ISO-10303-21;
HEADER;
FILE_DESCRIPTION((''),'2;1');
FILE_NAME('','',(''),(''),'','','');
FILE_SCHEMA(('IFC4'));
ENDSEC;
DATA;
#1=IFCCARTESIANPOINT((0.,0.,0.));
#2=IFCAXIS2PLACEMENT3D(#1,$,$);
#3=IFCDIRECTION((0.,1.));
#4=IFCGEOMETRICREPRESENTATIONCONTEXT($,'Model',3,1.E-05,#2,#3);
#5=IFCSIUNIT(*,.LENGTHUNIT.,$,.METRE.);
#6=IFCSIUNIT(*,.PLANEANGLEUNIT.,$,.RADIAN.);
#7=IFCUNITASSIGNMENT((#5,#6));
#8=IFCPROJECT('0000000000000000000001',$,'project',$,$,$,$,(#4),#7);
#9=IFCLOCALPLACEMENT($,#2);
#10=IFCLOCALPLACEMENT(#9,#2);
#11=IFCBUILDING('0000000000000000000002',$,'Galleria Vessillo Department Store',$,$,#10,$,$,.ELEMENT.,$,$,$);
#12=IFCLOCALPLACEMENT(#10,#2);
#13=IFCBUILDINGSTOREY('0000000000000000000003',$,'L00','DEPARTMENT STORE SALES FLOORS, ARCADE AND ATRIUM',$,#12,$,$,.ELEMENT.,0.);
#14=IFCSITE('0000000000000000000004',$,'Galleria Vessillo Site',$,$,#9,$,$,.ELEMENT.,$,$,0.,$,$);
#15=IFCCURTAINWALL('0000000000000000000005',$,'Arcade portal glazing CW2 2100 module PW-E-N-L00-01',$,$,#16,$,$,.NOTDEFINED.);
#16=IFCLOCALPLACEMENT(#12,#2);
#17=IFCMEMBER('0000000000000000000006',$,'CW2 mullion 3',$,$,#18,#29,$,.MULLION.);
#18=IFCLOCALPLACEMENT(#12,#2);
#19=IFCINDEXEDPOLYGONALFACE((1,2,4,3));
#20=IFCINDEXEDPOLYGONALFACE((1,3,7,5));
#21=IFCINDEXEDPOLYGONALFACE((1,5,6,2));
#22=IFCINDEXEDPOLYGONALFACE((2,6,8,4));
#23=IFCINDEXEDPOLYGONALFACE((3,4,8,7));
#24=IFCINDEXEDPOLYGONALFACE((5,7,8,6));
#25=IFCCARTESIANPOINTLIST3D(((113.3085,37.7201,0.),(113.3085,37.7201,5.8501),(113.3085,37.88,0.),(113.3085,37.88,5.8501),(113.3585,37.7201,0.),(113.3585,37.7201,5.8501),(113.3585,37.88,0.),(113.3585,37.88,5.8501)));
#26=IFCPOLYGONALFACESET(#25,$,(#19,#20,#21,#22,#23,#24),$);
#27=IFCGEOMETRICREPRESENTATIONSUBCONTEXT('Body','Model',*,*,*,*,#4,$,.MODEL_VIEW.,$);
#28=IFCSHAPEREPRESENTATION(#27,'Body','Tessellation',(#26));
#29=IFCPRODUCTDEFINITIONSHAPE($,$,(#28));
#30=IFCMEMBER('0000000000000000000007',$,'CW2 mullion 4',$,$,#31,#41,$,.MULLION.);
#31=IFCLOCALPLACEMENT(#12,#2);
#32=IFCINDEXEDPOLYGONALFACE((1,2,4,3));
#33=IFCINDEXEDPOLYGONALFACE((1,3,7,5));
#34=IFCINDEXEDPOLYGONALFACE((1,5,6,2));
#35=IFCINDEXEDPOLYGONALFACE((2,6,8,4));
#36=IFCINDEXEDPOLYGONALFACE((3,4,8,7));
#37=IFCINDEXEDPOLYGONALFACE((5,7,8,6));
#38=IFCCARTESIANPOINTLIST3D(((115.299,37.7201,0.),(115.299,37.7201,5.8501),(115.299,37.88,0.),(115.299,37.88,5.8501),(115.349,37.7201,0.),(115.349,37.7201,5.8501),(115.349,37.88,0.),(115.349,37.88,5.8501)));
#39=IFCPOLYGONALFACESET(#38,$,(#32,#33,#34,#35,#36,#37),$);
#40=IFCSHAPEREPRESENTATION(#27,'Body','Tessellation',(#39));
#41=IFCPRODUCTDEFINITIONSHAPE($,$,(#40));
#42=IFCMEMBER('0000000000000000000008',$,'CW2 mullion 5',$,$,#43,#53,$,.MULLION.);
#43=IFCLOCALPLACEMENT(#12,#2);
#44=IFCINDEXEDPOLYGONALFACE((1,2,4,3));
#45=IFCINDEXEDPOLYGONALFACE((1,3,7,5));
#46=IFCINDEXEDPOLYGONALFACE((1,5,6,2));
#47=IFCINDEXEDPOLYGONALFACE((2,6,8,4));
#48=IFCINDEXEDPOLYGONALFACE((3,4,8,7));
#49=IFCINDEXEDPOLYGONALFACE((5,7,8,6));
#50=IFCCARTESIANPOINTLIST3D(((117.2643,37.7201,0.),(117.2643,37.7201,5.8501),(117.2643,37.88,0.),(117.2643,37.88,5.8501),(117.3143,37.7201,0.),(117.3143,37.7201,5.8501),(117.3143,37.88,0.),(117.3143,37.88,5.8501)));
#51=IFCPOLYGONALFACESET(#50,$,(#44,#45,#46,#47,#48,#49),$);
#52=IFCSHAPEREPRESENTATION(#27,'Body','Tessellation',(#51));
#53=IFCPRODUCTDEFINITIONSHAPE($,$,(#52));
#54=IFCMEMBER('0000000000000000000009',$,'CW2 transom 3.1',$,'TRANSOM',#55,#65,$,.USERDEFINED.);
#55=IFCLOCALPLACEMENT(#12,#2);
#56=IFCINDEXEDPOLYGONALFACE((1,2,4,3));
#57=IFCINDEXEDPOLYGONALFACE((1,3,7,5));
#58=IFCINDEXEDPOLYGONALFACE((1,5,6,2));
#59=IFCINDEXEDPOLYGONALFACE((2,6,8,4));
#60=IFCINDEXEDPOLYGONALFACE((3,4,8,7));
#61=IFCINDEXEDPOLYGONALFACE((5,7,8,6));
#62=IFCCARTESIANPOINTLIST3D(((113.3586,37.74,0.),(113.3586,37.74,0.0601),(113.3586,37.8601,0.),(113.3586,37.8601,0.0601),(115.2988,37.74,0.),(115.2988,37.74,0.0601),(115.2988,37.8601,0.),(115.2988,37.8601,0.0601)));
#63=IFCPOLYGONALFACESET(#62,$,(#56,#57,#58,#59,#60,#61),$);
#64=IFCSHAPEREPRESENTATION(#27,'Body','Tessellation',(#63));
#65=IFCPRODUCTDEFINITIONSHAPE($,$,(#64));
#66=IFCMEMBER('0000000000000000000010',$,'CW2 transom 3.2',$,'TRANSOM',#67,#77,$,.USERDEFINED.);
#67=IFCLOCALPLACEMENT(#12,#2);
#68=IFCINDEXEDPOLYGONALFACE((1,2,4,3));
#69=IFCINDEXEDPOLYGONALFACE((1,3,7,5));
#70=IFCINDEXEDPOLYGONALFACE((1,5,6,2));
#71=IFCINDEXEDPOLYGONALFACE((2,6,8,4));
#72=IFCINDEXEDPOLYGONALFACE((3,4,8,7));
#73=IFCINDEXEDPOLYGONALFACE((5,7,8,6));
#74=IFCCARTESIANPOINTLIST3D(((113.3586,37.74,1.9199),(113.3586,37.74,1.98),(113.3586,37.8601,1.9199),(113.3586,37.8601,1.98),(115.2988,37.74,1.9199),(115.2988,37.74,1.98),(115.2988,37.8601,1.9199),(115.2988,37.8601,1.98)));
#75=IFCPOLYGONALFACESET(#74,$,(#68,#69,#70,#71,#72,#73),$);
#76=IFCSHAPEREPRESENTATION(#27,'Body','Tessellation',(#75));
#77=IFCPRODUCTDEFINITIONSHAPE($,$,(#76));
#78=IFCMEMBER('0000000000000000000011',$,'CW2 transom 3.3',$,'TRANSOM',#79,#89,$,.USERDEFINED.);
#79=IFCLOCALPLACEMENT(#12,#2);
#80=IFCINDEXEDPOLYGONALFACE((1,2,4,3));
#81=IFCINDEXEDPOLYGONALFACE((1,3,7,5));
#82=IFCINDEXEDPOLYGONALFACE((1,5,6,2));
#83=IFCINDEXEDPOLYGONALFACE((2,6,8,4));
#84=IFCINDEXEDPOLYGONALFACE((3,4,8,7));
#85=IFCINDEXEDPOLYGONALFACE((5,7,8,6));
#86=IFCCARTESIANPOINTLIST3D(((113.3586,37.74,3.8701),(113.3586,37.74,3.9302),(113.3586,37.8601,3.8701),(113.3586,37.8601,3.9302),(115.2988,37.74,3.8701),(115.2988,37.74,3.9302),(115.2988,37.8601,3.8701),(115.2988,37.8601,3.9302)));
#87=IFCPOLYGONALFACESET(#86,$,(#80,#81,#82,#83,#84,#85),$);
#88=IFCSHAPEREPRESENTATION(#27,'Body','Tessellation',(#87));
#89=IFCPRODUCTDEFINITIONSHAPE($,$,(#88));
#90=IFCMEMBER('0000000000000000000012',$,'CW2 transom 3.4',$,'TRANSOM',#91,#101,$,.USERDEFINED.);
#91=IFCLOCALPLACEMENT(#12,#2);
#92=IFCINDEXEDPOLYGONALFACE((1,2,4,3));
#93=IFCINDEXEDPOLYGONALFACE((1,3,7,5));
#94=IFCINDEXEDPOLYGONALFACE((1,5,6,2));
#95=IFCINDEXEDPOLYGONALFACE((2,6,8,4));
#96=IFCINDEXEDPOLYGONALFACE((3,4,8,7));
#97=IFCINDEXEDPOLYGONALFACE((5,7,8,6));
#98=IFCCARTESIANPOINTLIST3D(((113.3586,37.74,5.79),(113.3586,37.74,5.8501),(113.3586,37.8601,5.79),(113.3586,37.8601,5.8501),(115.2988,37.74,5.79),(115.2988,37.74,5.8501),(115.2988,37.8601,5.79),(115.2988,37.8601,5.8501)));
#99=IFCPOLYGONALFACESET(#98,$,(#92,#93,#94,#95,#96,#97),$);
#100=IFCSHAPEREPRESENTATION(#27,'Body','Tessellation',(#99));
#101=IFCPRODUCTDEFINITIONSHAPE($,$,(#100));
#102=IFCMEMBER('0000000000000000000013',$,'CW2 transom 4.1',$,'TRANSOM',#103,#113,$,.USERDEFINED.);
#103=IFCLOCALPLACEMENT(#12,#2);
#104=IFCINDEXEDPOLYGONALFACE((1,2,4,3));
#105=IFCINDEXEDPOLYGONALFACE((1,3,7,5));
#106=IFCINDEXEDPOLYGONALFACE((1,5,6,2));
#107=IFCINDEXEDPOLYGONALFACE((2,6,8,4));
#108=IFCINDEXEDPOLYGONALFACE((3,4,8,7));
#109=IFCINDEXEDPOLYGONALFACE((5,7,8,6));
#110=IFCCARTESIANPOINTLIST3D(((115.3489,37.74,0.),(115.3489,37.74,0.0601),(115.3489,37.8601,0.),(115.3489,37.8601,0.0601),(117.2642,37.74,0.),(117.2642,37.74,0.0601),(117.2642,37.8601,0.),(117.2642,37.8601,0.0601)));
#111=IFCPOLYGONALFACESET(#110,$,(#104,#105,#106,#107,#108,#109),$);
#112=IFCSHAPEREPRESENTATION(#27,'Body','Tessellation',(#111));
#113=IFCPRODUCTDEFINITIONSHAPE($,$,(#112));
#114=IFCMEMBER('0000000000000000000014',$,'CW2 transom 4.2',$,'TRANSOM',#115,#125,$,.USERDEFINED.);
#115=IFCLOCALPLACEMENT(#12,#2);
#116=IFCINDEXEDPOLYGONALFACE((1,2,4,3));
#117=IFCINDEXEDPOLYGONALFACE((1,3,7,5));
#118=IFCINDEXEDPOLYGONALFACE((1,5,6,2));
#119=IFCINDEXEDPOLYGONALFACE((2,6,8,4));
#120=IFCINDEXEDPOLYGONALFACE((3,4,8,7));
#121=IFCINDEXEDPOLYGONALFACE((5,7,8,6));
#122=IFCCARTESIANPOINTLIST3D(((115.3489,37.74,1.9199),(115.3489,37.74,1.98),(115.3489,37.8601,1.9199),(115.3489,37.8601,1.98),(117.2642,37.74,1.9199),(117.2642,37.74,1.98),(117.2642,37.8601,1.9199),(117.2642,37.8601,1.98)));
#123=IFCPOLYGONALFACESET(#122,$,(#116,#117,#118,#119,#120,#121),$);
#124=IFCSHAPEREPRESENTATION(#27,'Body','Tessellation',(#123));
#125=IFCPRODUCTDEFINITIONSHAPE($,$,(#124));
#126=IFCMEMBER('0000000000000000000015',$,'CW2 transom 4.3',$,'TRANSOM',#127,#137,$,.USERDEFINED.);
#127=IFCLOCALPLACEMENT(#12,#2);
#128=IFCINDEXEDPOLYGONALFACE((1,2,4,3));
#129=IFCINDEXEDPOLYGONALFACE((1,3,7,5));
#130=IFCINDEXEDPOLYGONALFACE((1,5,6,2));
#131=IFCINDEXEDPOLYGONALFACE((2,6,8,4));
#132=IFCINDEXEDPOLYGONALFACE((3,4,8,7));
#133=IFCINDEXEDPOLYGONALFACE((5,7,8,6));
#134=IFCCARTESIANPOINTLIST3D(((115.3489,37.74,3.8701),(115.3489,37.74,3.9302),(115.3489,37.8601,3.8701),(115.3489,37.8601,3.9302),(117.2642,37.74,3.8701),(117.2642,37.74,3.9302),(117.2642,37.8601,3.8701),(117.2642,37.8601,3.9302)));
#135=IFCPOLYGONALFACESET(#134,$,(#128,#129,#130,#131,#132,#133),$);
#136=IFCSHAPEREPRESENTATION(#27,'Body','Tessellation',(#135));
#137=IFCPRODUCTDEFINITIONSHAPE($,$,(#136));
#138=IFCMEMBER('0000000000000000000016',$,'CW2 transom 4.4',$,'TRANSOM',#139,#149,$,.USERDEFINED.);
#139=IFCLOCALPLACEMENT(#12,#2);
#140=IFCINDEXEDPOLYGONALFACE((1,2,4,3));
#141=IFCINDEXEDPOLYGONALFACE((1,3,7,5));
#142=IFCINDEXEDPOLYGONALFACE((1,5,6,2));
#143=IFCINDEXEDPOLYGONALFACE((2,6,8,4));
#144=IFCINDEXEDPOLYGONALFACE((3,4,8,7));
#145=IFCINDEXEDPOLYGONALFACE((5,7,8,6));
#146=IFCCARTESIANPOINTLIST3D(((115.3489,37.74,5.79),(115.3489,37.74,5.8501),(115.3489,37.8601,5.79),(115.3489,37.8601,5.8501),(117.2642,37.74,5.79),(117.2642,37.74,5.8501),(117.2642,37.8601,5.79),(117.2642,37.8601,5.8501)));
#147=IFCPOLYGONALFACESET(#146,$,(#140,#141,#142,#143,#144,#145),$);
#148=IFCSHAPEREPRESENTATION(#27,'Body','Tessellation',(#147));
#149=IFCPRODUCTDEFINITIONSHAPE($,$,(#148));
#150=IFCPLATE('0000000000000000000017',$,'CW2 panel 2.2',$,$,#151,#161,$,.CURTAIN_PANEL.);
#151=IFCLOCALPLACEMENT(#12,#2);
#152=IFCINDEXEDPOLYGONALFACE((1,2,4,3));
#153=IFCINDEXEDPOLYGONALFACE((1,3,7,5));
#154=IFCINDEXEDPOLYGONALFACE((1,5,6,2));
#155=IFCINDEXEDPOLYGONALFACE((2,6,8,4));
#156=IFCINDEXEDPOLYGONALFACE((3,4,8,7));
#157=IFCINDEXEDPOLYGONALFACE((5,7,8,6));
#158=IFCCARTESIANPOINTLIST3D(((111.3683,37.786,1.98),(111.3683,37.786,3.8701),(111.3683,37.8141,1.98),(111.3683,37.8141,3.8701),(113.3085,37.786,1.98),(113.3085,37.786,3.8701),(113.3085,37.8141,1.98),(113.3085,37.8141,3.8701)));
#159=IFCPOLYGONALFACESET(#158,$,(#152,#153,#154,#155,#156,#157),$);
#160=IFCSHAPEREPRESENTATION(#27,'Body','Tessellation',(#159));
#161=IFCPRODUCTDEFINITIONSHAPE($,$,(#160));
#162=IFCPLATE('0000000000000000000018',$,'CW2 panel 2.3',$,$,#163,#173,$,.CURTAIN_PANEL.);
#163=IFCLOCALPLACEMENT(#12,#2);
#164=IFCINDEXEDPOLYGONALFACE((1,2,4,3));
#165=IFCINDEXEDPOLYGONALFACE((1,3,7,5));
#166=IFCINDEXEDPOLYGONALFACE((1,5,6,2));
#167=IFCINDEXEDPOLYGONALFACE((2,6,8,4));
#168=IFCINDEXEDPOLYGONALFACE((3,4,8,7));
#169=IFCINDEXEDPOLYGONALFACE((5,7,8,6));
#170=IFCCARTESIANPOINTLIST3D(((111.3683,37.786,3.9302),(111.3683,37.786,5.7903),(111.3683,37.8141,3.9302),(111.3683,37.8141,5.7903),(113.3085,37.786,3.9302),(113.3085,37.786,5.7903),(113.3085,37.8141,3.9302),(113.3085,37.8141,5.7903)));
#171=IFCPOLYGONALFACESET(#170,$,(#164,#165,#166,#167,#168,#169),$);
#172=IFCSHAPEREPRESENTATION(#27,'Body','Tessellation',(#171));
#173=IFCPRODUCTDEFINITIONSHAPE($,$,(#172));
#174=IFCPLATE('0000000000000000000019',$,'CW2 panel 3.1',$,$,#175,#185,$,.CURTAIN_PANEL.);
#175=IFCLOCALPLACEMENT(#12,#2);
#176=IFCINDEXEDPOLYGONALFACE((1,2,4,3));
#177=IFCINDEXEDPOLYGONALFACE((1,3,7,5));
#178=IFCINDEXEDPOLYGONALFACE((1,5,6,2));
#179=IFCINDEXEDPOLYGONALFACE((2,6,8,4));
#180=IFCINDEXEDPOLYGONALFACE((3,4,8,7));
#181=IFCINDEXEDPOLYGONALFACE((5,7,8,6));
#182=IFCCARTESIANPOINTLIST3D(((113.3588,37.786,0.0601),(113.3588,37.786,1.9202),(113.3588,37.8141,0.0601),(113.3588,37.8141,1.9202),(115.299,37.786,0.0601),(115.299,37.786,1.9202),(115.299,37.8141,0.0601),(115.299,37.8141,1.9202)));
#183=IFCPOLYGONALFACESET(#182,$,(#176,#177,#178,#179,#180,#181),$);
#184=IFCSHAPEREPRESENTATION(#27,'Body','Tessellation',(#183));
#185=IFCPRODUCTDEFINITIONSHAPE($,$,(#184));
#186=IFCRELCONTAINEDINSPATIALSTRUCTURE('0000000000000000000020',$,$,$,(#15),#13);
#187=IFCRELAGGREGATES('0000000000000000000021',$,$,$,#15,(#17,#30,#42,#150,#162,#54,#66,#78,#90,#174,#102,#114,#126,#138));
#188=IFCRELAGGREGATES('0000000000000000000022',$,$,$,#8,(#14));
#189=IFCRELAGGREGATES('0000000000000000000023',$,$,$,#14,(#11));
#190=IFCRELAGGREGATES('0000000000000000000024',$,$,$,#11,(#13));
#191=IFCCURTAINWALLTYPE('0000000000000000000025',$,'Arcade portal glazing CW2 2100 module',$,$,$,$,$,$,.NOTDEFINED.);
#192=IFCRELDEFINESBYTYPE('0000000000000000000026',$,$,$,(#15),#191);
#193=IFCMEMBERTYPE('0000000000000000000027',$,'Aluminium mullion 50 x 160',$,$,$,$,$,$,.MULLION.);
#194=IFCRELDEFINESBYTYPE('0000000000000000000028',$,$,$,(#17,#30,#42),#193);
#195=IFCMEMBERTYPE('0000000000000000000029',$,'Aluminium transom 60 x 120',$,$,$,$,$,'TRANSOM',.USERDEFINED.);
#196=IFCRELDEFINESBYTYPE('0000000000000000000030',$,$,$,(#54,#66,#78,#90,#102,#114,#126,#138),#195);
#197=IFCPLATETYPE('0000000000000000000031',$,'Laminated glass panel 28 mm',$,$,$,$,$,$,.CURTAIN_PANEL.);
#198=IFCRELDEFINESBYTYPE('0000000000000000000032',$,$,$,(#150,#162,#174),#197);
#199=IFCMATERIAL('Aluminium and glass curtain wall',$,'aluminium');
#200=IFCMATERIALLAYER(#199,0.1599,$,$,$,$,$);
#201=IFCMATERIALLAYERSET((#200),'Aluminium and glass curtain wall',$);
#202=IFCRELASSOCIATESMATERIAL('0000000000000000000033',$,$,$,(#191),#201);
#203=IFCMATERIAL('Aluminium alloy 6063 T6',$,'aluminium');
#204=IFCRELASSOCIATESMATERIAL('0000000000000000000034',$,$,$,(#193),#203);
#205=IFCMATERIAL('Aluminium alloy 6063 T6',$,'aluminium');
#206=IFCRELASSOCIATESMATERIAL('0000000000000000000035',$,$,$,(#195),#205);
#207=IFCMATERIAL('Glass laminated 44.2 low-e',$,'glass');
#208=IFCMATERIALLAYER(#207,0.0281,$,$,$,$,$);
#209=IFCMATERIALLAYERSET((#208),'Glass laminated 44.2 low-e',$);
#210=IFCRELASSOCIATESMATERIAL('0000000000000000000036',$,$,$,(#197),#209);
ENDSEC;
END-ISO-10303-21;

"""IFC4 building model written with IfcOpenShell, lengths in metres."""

from ifc_helpers import new_model, si_unit, direction, frame, origin, origin_2d, place, context, subcontext, project, spatial, rectangle, extrude, material, layer, layer_set, material_profile, profile_set, type_object, element, aggregate, save


model = new_model("IFC4")

# Units and contexts
model_context = context("Model", 3, precision=1e-05, world=origin(), true_north=direction((0.0, 1.0)))
body_context = subcontext(model_context, "Body", "Model", "MODEL_VIEW")
ifc_project = project(units=[si_unit("LENGTHUNIT", "METRE"), si_unit("PLANEANGLEUNIT", "RADIAN")], contexts=[model_context])

# Site, building, storey
site_placement = place(None, origin())
site = spatial("IfcSite", under=ifc_project, at=site_placement, Name="Galleria Vessillo Site", CompositionType="ELEMENT", RefElevation=0.0)
building_placement = place(site_placement, origin())
building = spatial("IfcBuilding", under=site, at=building_placement, Name="Galleria Vessillo Department Store", CompositionType="ELEMENT")
storey_placement = place(building_placement, origin())
storey = spatial("IfcBuildingStorey", under=building, at=storey_placement, Name="L00", Description="DEPARTMENT STORE SALES FLOORS, ARCADE AND ATRIUM", CompositionType="ELEMENT", Elevation=0.0)

# Curtain wall, members, plates
ifc_material_1 = material(Name="Aluminium and glass curtain wall", Category="aluminium")
ifc_layer_1 = layer(ifc_material_1, 0.1599)
ifc_layer_set_1 = layer_set([ifc_layer_1], Name="Aluminium and glass curtain wall")
curtain_wall_type = type_object("IfcCurtainWallType", Name="Arcade portal glazing CW2 2100 module", PredefinedType="NOTDEFINED", material=ifc_layer_set_1)
curtain_wall_placement = place(storey_placement, origin())
curtain_wall = element("IfcCurtainWall", 1, at=curtain_wall_placement, inside=storey, type_object=curtain_wall_type, Name="Arcade portal glazing CW2 2100 module PW-E-N-L00-01", PredefinedType="NOTDEFINED")
ifc_material_2 = material(Name="Aluminium alloy 6063 T6", Category="aluminium")
ifc_material_profile_1 = material_profile(ifc_material_2, rectangle(XDim=0.1599, YDim=0.05, at=origin_2d()), Name="AL 50x160")
ifc_profile_set_1 = profile_set([ifc_material_profile_1], Name="Aluminium alloy 6063 T6")
member_type_1 = type_object("IfcMemberType", Name="Aluminium mullion 50 x 160", PredefinedType="MULLION", material=ifc_profile_set_1)
member_1_placement = place(storey_placement, frame((113.3335, 37.8, 0.0), z_axis=(0.0, 0.0, 1.0), x_axis=(0.0, 1.0, 0.0)))
member_1 = element("IfcMember", 2, at=member_1_placement, type_object=member_type_1, Name="CW2 mullion 3", PredefinedType="MULLION", context=body_context, shape_type="SweptSolid", body=[
    extrude(rectangle(XDim=0.1599, YDim=0.05, at=origin_2d()), origin(), (0.0, 0.0, 1.0), 5.8501),
])
member_2_placement = place(storey_placement, frame((115.324, 37.8, 0.0), z_axis=(0.0, 0.0, 1.0), x_axis=(0.0, 1.0, 0.0)))
member_2 = element("IfcMember", 3, at=member_2_placement, type_object=member_type_1, Name="CW2 mullion 4", PredefinedType="MULLION", context=body_context, shape_type="SweptSolid", body=[
    extrude(rectangle(XDim=0.1599, YDim=0.05, at=origin_2d()), origin(), (0.0, 0.0, 1.0), 5.8501),
])
member_3_placement = place(storey_placement, frame((117.2893, 37.8, 0.0), z_axis=(0.0, 0.0, 1.0), x_axis=(0.0, 1.0, 0.0)))
member_3 = element("IfcMember", 4, at=member_3_placement, type_object=member_type_1, Name="CW2 mullion 5", PredefinedType="MULLION", context=body_context, shape_type="SweptSolid", body=[
    extrude(rectangle(XDim=0.1599, YDim=0.05, at=origin_2d()), origin(), (0.0, 0.0, 1.0), 5.8501),
])
ifc_material_3 = material(Name="Aluminium alloy 6063 T6", Category="aluminium")
ifc_material_profile_2 = material_profile(ifc_material_3, rectangle(XDim=0.1201, YDim=0.0601, at=origin_2d()), Name="AL 60x120")
ifc_profile_set_2 = profile_set([ifc_material_profile_2], Name="Aluminium alloy 6063 T6")
member_type_2 = type_object("IfcMemberType", Name="Aluminium transom 60 x 120", ElementType="TRANSOM", PredefinedType="USERDEFINED", material=ifc_profile_set_2)
member_4_placement = place(storey_placement, frame((113.3586, 37.8, 0.03), z_axis=(1.0, 0.0, 0.0), x_axis=(0.0, 1.0, 0.0)))
member_4 = element("IfcMember", 5, at=member_4_placement, type_object=member_type_2, Name="CW2 transom 3.1", ObjectType="TRANSOM", PredefinedType="USERDEFINED", context=body_context, shape_type="SweptSolid", body=[
    extrude(rectangle(XDim=0.1201, YDim=0.0601, at=origin_2d()), origin(), (0.0, 0.0, 1.0), 1.9402),
])
member_5_placement = place(storey_placement, frame((113.3586, 37.8, 1.95), z_axis=(1.0, 0.0, 0.0), x_axis=(0.0, 1.0, 0.0)))
member_5 = element("IfcMember", 6, at=member_5_placement, type_object=member_type_2, Name="CW2 transom 3.2", ObjectType="TRANSOM", PredefinedType="USERDEFINED", context=body_context, shape_type="SweptSolid", body=[
    extrude(rectangle(XDim=0.1201, YDim=0.0601, at=origin_2d()), origin(), (0.0, 0.0, 1.0), 1.9402),
])
member_6_placement = place(storey_placement, frame((113.3586, 37.8, 3.9001), z_axis=(1.0, 0.0, 0.0), x_axis=(0.0, 1.0, 0.0)))
member_6 = element("IfcMember", 7, at=member_6_placement, type_object=member_type_2, Name="CW2 transom 3.3", ObjectType="TRANSOM", PredefinedType="USERDEFINED", context=body_context, shape_type="SweptSolid", body=[
    extrude(rectangle(XDim=0.1201, YDim=0.0601, at=origin_2d()), origin(), (0.0, 0.0, 1.0), 1.9402),
])
member_7_placement = place(storey_placement, frame((113.3586, 37.8, 5.8201), z_axis=(1.0, 0.0, 0.0), x_axis=(0.0, 1.0, 0.0)))
member_7 = element("IfcMember", 8, at=member_7_placement, type_object=member_type_2, Name="CW2 transom 3.4", ObjectType="TRANSOM", PredefinedType="USERDEFINED", context=body_context, shape_type="SweptSolid", body=[
    extrude(rectangle(XDim=0.1201, YDim=0.0601, at=origin_2d()), origin(), (0.0, 0.0, 1.0), 1.9402),
])
member_8_placement = place(storey_placement, frame((115.3489, 37.8, 0.03), z_axis=(1.0, 0.0, 0.0), x_axis=(0.0, 1.0, 0.0)))
member_8 = element("IfcMember", 9, at=member_8_placement, type_object=member_type_2, Name="CW2 transom 4.1", ObjectType="TRANSOM", PredefinedType="USERDEFINED", context=body_context, shape_type="SweptSolid", body=[
    extrude(rectangle(XDim=0.1201, YDim=0.0601, at=origin_2d()), origin(), (0.0, 0.0, 1.0), 1.9153),
])
member_9_placement = place(storey_placement, frame((115.3489, 37.8, 1.95), z_axis=(1.0, 0.0, 0.0), x_axis=(0.0, 1.0, 0.0)))
member_9 = element("IfcMember", 10, at=member_9_placement, type_object=member_type_2, Name="CW2 transom 4.2", ObjectType="TRANSOM", PredefinedType="USERDEFINED", context=body_context, shape_type="SweptSolid", body=[
    extrude(rectangle(XDim=0.1201, YDim=0.0601, at=origin_2d()), origin(), (0.0, 0.0, 1.0), 1.9153),
])
member_10_placement = place(storey_placement, frame((115.3489, 37.8, 3.9001), z_axis=(1.0, 0.0, 0.0), x_axis=(0.0, 1.0, 0.0)))
member_10 = element("IfcMember", 11, at=member_10_placement, type_object=member_type_2, Name="CW2 transom 4.3", ObjectType="TRANSOM", PredefinedType="USERDEFINED", context=body_context, shape_type="SweptSolid", body=[
    extrude(rectangle(XDim=0.1201, YDim=0.0601, at=origin_2d()), origin(), (0.0, 0.0, 1.0), 1.9153),
])
member_11_placement = place(storey_placement, frame((115.3489, 37.8, 5.8201), z_axis=(1.0, 0.0, 0.0), x_axis=(0.0, 1.0, 0.0)))
member_11 = element("IfcMember", 12, at=member_11_placement, type_object=member_type_2, Name="CW2 transom 4.4", ObjectType="TRANSOM", PredefinedType="USERDEFINED", context=body_context, shape_type="SweptSolid", body=[
    extrude(rectangle(XDim=0.1201, YDim=0.0601, at=origin_2d()), origin(), (0.0, 0.0, 1.0), 1.9153),
])
ifc_material_4 = material(Name="Glass laminated 44.2 low-e", Category="glass")
ifc_layer_2 = layer(ifc_material_4, 0.0281)
ifc_layer_set_2 = layer_set([ifc_layer_2], Name="Glass laminated 44.2 low-e")
plate_type = type_object("IfcPlateType", Name="Laminated glass panel 28 mm", PredefinedType="CURTAIN_PANEL", material=ifc_layer_set_2)
plate_1_placement = place(storey_placement, frame((112.3384, 37.8, 1.98), z_axis=(0.0, 0.0, 1.0), x_axis=(1.0, 0.0, 0.0)))
plate_1 = element("IfcPlate", 13, at=plate_1_placement, type_object=plate_type, Name="CW2 panel 2.2", PredefinedType="CURTAIN_PANEL", context=body_context, shape_type="SweptSolid", body=[
    extrude(rectangle(XDim=1.9402, YDim=0.0281, at=origin_2d()), origin(), (0.0, 0.0, 1.0), 1.8901),
])
plate_2_placement = place(storey_placement, frame((112.3384, 37.8, 3.9302), z_axis=(0.0, 0.0, 1.0), x_axis=(1.0, 0.0, 0.0)))
plate_2 = element("IfcPlate", 14, at=plate_2_placement, type_object=plate_type, Name="CW2 panel 2.3", PredefinedType="CURTAIN_PANEL", context=body_context, shape_type="SweptSolid", body=[
    extrude(rectangle(XDim=1.9402, YDim=0.0281, at=origin_2d()), origin(), (0.0, 0.0, 1.0), 1.8601),
])
plate_3_placement = place(storey_placement, frame((114.3289, 37.8, 0.0601), z_axis=(0.0, 0.0, 1.0), x_axis=(1.0, 0.0, 0.0)))
plate_3 = element("IfcPlate", 15, at=plate_3_placement, type_object=plate_type, Name="CW2 panel 3.1", PredefinedType="CURTAIN_PANEL", context=body_context, shape_type="SweptSolid", body=[
    extrude(rectangle(XDim=1.9402, YDim=0.0281, at=origin_2d()), origin(), (0.0, 0.0, 1.0), 1.8601),
])
aggregate(curtain_wall, [member_1, member_2, member_3, plate_1, plate_2, member_4, member_5, member_6, member_7, plate_3, member_8, member_9, member_10, member_11])

save(model, "model.ifc")
